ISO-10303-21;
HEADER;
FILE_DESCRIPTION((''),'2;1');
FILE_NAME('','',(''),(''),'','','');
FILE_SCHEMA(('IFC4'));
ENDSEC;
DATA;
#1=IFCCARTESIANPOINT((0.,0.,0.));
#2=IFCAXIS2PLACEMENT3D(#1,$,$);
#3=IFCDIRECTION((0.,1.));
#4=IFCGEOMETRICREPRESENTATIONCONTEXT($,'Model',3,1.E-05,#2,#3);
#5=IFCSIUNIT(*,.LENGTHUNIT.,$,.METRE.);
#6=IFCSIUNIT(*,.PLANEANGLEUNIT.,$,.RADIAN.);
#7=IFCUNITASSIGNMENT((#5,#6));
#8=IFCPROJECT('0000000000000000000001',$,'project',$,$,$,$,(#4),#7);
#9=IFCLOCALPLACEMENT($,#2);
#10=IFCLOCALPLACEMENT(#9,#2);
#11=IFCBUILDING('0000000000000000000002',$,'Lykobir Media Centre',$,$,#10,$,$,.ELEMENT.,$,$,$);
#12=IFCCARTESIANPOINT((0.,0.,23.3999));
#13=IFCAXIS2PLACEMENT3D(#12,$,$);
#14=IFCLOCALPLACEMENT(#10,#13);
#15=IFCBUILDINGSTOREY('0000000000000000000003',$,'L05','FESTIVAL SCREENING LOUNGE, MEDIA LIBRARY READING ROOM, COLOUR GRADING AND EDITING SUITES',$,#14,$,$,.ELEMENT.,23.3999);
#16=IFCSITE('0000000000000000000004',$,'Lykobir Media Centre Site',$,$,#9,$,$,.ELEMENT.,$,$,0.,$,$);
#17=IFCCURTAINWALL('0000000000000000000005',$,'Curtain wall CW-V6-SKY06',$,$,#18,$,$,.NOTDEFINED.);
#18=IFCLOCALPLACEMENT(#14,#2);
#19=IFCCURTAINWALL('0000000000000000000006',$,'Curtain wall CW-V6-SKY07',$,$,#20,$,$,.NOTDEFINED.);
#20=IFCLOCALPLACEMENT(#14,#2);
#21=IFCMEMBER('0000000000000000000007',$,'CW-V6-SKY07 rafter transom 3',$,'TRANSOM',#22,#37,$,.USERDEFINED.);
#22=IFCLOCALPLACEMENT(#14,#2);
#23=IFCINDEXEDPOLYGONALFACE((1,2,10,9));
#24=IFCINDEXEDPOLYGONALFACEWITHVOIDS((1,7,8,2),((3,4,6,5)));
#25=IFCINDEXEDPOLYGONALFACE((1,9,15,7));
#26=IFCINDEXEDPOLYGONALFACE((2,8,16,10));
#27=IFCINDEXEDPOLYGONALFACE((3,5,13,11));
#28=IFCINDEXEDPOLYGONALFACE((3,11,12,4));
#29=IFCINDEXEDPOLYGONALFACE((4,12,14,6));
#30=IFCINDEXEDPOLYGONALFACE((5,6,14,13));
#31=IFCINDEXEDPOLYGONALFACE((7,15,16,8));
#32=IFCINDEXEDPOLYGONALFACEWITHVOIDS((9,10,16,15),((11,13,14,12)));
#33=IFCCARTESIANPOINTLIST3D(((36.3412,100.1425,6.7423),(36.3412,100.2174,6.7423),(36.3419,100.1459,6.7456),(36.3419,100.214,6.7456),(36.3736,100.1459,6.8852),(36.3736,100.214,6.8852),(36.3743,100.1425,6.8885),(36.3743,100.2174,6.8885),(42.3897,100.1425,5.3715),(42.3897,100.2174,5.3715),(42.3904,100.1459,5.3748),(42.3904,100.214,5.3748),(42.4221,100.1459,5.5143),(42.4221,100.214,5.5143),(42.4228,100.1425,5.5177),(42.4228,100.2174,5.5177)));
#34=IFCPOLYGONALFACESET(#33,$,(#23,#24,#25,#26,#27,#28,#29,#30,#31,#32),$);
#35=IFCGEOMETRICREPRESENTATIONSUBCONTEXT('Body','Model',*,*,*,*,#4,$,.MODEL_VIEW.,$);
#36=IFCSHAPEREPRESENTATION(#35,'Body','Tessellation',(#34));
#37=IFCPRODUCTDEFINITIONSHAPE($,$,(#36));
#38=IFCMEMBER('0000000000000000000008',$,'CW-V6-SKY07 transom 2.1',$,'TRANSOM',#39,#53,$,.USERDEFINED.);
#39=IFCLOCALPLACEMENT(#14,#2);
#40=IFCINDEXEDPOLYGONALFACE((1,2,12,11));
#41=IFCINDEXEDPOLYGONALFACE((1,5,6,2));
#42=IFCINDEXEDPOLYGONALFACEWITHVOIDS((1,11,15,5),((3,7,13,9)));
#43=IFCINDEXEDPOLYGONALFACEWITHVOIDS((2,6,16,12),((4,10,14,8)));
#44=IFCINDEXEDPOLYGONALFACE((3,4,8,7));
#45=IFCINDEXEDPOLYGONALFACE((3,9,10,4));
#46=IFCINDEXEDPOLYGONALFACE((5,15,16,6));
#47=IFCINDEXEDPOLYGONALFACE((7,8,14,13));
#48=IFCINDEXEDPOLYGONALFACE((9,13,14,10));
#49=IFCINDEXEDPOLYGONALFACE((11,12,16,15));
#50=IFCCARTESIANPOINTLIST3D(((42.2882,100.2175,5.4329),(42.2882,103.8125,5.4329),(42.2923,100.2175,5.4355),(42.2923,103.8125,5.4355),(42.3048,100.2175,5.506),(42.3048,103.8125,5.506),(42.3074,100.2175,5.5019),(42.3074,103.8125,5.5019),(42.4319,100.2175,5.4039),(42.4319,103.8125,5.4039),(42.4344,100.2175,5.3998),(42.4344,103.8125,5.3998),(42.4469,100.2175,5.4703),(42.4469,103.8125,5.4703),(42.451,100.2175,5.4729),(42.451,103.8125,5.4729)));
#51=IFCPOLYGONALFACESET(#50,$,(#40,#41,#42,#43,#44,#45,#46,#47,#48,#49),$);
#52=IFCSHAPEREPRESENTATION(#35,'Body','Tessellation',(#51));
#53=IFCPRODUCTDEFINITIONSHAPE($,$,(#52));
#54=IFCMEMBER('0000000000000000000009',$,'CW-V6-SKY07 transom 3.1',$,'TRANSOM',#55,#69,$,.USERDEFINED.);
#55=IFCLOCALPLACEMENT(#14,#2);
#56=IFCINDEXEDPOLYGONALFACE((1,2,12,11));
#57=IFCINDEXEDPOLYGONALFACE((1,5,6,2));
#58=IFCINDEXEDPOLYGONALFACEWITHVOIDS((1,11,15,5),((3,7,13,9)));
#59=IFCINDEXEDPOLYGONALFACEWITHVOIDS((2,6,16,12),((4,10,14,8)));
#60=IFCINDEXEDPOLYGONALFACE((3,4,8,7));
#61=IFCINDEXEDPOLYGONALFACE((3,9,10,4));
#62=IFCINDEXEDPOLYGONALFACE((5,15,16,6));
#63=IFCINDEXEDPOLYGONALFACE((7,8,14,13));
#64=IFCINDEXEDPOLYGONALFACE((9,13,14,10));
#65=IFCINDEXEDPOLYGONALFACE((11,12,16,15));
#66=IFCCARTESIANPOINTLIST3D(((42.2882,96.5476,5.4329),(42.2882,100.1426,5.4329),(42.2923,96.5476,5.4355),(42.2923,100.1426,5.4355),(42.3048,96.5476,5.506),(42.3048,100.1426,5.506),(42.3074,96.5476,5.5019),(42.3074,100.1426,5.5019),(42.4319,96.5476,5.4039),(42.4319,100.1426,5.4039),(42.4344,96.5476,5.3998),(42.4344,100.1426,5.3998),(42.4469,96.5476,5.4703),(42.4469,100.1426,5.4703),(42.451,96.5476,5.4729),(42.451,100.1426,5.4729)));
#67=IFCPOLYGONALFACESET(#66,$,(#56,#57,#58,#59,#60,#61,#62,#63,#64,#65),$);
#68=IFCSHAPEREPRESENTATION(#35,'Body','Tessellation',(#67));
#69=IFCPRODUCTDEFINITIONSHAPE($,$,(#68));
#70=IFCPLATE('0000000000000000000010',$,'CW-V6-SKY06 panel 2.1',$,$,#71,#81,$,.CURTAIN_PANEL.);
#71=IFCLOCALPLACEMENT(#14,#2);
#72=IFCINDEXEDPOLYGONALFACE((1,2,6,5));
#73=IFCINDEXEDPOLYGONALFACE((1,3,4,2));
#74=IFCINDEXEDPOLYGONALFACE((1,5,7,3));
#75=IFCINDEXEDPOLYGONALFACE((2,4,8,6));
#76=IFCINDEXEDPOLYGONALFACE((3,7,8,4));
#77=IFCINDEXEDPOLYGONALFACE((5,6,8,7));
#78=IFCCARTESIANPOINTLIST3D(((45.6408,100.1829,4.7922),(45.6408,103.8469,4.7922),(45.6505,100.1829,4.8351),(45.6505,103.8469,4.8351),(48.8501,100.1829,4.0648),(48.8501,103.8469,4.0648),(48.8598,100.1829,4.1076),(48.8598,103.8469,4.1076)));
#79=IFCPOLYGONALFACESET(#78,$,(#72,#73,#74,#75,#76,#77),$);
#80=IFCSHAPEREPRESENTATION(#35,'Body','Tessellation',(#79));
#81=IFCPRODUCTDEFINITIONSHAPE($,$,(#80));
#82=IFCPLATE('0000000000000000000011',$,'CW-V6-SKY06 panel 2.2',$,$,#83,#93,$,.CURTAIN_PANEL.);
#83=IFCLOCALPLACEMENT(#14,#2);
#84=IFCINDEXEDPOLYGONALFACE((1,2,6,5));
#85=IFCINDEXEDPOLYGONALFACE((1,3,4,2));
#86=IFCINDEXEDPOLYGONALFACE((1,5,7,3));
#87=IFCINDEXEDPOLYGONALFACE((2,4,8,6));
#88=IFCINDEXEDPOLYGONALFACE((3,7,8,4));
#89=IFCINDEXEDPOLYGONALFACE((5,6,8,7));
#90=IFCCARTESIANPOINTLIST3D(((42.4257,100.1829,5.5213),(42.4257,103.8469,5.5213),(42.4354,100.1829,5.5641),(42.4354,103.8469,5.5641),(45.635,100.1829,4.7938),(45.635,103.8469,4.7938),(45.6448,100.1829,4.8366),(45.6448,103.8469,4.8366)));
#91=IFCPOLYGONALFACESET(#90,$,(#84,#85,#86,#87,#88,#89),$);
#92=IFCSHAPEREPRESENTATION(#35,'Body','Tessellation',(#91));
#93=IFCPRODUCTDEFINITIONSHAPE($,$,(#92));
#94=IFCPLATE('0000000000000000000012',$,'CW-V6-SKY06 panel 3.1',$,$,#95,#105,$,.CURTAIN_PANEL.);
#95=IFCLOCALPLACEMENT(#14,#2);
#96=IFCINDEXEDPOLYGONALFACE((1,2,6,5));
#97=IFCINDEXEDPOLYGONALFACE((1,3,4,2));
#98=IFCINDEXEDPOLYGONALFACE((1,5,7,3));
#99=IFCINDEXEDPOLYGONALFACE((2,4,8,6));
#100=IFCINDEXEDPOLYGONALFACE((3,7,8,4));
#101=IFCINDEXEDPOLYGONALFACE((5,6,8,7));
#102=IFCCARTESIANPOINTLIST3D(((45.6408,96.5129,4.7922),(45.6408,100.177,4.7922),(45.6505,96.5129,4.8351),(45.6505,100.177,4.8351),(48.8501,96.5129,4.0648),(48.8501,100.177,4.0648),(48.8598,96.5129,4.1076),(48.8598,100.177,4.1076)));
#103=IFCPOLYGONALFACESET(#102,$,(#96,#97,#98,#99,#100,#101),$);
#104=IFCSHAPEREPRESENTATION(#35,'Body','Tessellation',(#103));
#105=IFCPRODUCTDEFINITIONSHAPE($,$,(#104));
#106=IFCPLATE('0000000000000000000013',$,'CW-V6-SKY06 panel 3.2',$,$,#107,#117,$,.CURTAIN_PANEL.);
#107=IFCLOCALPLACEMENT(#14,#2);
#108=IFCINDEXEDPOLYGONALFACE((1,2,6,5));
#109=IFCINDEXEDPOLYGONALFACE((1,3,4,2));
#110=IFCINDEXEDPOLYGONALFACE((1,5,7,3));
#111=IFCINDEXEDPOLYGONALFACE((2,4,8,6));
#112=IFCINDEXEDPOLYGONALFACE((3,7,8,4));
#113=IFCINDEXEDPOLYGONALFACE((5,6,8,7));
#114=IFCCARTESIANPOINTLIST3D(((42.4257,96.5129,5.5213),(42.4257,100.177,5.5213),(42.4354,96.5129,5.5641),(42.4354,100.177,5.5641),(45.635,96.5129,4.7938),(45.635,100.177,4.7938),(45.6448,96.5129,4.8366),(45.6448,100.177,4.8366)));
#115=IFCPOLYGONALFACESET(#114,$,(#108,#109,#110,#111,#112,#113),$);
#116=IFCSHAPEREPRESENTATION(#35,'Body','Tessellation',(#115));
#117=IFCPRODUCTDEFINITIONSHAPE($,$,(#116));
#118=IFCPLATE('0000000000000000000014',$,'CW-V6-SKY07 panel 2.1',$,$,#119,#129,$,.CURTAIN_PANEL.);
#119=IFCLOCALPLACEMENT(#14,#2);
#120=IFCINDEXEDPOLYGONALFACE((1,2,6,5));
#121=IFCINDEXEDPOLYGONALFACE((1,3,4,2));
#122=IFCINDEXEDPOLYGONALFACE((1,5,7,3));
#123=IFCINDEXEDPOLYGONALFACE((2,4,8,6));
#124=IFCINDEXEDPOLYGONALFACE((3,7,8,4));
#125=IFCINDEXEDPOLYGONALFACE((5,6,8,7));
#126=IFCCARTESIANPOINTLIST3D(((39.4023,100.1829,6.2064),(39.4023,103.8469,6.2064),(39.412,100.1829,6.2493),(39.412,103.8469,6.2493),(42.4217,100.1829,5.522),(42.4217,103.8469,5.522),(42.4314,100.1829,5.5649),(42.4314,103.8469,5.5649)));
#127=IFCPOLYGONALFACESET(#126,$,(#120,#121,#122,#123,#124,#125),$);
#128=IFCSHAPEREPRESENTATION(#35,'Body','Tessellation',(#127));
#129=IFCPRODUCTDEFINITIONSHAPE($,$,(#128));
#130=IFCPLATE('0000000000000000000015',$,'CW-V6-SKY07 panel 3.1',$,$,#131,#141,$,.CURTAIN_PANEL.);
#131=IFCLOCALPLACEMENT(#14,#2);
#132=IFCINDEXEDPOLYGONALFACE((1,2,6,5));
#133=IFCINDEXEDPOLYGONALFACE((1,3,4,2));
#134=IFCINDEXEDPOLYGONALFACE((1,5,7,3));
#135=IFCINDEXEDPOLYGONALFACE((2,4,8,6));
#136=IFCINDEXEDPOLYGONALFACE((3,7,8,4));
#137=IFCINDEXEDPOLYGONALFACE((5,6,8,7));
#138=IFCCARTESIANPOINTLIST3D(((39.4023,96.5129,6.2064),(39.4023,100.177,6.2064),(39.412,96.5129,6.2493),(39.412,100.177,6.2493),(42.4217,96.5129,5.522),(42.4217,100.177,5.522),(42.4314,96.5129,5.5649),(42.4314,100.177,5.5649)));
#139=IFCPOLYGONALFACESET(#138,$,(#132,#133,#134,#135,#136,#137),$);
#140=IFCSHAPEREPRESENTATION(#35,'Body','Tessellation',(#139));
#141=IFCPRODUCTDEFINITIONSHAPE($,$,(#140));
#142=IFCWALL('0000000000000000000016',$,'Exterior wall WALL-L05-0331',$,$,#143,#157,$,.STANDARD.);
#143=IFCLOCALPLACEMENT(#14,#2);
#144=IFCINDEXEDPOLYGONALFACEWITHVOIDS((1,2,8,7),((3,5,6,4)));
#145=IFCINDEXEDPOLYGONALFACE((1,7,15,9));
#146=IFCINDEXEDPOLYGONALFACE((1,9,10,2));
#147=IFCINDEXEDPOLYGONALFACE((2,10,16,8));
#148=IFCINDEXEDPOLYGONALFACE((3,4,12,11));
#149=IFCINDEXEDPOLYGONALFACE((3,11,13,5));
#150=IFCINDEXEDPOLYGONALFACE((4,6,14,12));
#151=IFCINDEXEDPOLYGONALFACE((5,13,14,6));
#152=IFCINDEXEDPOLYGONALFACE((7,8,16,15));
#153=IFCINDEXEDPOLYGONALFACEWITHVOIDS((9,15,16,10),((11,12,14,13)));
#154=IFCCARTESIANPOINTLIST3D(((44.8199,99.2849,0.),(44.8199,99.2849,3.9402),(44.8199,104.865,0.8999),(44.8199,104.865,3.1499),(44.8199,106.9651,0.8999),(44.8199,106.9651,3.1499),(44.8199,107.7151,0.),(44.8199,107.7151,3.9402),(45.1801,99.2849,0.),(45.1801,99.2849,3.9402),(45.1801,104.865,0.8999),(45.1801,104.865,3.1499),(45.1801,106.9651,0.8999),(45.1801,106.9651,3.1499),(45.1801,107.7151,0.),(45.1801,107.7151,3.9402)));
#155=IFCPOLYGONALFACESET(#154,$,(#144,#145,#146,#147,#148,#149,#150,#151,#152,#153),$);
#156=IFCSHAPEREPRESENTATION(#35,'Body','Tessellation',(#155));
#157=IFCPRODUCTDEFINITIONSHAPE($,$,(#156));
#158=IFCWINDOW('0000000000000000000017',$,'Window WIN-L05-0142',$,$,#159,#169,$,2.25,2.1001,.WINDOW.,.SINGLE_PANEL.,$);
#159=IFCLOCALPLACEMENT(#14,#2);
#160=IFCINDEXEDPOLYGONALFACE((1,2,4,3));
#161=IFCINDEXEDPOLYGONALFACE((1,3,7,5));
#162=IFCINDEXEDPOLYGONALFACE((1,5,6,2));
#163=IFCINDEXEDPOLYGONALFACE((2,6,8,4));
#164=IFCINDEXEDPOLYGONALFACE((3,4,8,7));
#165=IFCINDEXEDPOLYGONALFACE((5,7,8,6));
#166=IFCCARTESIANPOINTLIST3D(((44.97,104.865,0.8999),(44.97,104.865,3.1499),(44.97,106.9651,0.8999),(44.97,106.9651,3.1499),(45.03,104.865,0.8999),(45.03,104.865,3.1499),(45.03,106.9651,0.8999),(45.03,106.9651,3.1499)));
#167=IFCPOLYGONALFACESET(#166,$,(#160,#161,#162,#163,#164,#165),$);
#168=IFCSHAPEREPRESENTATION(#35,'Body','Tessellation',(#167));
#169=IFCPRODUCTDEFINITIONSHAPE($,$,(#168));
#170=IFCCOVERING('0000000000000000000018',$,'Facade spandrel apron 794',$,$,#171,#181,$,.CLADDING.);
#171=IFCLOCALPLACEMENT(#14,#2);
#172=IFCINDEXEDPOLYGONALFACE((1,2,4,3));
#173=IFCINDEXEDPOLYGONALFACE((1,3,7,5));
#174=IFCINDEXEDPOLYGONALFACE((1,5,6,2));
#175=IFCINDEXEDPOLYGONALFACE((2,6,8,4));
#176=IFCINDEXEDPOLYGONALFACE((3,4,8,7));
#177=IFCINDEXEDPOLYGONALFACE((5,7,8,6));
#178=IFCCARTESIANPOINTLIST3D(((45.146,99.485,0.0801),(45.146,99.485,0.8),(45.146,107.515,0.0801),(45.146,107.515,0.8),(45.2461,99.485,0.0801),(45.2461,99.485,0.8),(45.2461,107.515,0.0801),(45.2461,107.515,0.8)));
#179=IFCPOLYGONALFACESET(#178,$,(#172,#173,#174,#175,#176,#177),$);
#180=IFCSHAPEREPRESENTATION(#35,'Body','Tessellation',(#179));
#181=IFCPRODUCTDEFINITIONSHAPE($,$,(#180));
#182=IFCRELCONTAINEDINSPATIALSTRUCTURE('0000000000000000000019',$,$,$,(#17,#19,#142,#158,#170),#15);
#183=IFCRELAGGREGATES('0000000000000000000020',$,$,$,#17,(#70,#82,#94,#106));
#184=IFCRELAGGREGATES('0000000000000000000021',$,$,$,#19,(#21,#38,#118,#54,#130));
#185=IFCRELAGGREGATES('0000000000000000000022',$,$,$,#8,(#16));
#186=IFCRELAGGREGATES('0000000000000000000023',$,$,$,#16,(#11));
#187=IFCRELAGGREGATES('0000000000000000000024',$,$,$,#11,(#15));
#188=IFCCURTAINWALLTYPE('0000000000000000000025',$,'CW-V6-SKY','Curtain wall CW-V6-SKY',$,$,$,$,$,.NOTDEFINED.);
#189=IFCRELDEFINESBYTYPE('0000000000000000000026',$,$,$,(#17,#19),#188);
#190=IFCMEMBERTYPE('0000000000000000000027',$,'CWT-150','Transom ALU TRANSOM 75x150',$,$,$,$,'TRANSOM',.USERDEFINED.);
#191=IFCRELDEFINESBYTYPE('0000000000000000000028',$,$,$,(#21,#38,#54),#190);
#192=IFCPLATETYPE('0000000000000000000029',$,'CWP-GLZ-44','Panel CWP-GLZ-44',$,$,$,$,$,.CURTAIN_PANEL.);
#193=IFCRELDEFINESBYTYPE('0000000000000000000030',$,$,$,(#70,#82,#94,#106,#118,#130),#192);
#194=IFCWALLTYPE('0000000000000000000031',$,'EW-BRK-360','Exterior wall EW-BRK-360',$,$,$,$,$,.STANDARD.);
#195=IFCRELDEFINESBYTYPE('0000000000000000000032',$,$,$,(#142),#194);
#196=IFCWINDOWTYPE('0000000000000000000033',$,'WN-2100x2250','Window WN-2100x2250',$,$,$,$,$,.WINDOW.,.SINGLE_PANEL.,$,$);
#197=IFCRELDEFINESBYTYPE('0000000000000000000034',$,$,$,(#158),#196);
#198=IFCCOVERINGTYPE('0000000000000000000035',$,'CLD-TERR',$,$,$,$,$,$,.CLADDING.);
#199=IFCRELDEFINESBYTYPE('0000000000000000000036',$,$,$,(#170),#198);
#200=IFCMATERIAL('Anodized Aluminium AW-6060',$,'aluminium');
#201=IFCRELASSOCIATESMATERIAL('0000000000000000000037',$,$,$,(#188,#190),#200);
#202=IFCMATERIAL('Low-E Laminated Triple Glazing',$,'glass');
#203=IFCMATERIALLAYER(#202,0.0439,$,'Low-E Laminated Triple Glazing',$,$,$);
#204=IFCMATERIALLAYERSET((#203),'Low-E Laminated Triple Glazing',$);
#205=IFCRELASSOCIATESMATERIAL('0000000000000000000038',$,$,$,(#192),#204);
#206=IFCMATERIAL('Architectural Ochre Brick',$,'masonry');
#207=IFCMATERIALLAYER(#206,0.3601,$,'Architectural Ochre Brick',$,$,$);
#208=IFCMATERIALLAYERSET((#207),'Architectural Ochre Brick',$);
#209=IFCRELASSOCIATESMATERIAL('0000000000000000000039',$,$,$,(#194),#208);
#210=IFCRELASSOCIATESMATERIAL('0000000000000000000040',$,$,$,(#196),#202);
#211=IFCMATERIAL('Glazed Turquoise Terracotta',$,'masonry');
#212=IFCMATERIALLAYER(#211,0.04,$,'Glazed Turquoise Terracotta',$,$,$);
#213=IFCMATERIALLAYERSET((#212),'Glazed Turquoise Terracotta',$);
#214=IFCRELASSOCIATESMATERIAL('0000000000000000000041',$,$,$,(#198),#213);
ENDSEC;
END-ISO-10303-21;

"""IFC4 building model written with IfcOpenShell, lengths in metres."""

from ifc_helpers import new_model, si_unit, direction, frame, frame_2d, origin, origin_2d, place, context, subcontext, project, spatial, rectangle, hollow_rectangle, extrude, material, layer, layer_set, material_profile, profile_set, type_object, element, fill, aggregate, save


model = new_model("IFC4")

# Units and contexts
model_context = context("Model", 3, precision=1e-05, world=origin(), true_north=direction((0.0, 1.0)))
body_context = subcontext(model_context, "Body", "Model", "MODEL_VIEW")
ifc_project = project(units=[si_unit("LENGTHUNIT", "METRE"), si_unit("PLANEANGLEUNIT", "RADIAN")], contexts=[model_context])

# Site, building, storey
site_placement = place(None, origin())
site = spatial("IfcSite", under=ifc_project, at=site_placement, Name="Lykobir Media Centre Site", CompositionType="ELEMENT", RefElevation=0.0)
building_placement = place(site_placement, origin())
building = spatial("IfcBuilding", under=site, at=building_placement, Name="Lykobir Media Centre", CompositionType="ELEMENT")
storey_placement = place(building_placement, frame((0.0, 0.0, 23.3999)))
storey = spatial("IfcBuildingStorey", under=building, at=storey_placement, Name="L05", Description="FESTIVAL SCREENING LOUNGE, MEDIA LIBRARY READING ROOM, COLOUR GRADING AND EDITING SUITES", CompositionType="ELEMENT", Elevation=23.3999)

# Curtain walls, members
ifc_material_1 = material(Name="Anodized Aluminium AW-6060", Category="aluminium")
curtain_wall_type = type_object("IfcCurtainWallType", Name="CW-V6-SKY", Description="Curtain wall CW-V6-SKY", PredefinedType="NOTDEFINED", material=ifc_material_1)
curtain_wall_1_placement = place(storey_placement, origin())
curtain_wall_1 = element("IfcCurtainWall", 1, at=curtain_wall_1_placement, inside=storey, type_object=curtain_wall_type, Name="Curtain wall CW-V6-SKY06", PredefinedType="NOTDEFINED")
ifc_material_profile_1 = material_profile(ifc_material_1, hollow_rectangle(XDim=0.075, YDim=0.1499, WallThickness=0.0034, at=origin_2d()), Name="ALU TRANSOM 75x150")
ifc_profile_set_1 = profile_set([ifc_material_profile_1], Name="Anodized Aluminium AW-6060")
member_type = type_object("IfcMemberType", Name="CWT-150", Description="Transom ALU TRANSOM 75x150", ElementType="TRANSOM", PredefinedType="USERDEFINED", material=ifc_profile_set_1)
curtain_wall_2_placement = place(storey_placement, origin())
curtain_wall_2 = element("IfcCurtainWall", 2, at=curtain_wall_2_placement, inside=storey, type_object=curtain_wall_type, Name="Curtain wall CW-V6-SKY07", PredefinedType="NOTDEFINED")
member_1_placement = place(storey_placement, frame((42.4062, 100.1799, 5.4446), z_axis=(-0.975266, 0.0, 0.221034), x_axis=(0.0, -1.0, 0.0)))
member_1 = element("IfcMember", 3, at=member_1_placement, type_object=member_type, Name="CW-V6-SKY07 rafter transom 3", ObjectType="TRANSOM", PredefinedType="USERDEFINED", context=body_context, shape_type="SweptSolid", body=[
    extrude(hollow_rectangle(XDim=0.075, YDim=0.1499, WallThickness=0.0034, at=origin_2d()), origin(), (0.0, 0.0, 1.0), 6.2019),
])
member_2_placement = place(storey_placement, frame((42.3696, 103.8125, 5.4529), z_axis=(0.0, -1.0, 0.0), x_axis=(0.221055, 0.0, 0.975261)))
member_2 = element("IfcMember", 4, at=member_2_placement, type_object=member_type, Name="CW-V6-SKY07 transom 2.1", ObjectType="TRANSOM", PredefinedType="USERDEFINED", context=body_context, shape_type="SweptSolid", body=[
    extrude(hollow_rectangle(XDim=0.075, YDim=0.1499, WallThickness=0.0034, at=origin_2d()), origin(), (0.0, 0.0, 1.0), 3.595),
])
member_3_placement = place(storey_placement, frame((42.3696, 100.1426, 5.4529), z_axis=(0.0, -1.0, 0.0), x_axis=(0.221055, 0.0, 0.975261)))
member_3 = element("IfcMember", 5, at=member_3_placement, type_object=member_type, Name="CW-V6-SKY07 transom 3.1", ObjectType="TRANSOM", PredefinedType="USERDEFINED", context=body_context, shape_type="SweptSolid", body=[
    extrude(hollow_rectangle(XDim=0.075, YDim=0.1499, WallThickness=0.0034, at=origin_2d()), origin(), (0.0, 0.0, 1.0), 3.595),
])

# Plates
ifc_material_2 = material(Name="Low-E Laminated Triple Glazing", Category="glass")
ifc_layer_1 = layer(ifc_material_2, 0.0439, Name="Low-E Laminated Triple Glazing")
ifc_layer_set_1 = layer_set([ifc_layer_1], Name="Low-E Laminated Triple Glazing")
plate_type = type_object("IfcPlateType", Name="CWP-GLZ-44", Description="Panel CWP-GLZ-44", PredefinedType="CURTAIN_PANEL", material=ifc_layer_set_1)
plate_1_placement = place(storey_placement, frame((48.855, 102.0149, 4.0862), z_axis=(-0.975258, 0.0, 0.221072), x_axis=(0.0, -1.0, 0.0)))
plate_1 = element("IfcPlate", 6, at=plate_1_placement, type_object=plate_type, Name="CW-V6-SKY06 panel 2.1", PredefinedType="CURTAIN_PANEL", context=body_context, shape_type="SweptSolid", body=[
    extrude(rectangle(XDim=3.6641, YDim=0.0439, at=origin_2d()), origin(), (0.0, 0.0, 1.0), 3.2908),
])
plate_2_placement = place(storey_placement, frame((45.6399, 102.0149, 4.8152), z_axis=(-0.975258, 0.0, 0.221072), x_axis=(0.0, -1.0, 0.0)))
plate_2 = element("IfcPlate", 7, at=plate_2_placement, type_object=plate_type, Name="CW-V6-SKY06 panel 2.2", PredefinedType="CURTAIN_PANEL", context=body_context, shape_type="SweptSolid", body=[
    extrude(rectangle(XDim=3.6641, YDim=0.0439, at=origin_2d()), origin(), (0.0, 0.0, 1.0), 3.2908),
])
plate_3_placement = place(storey_placement, frame((48.855, 98.345, 4.0862), z_axis=(-0.975258, 0.0, 0.221072), x_axis=(0.0, -1.0, 0.0)))
plate_3 = element("IfcPlate", 8, at=plate_3_placement, type_object=plate_type, Name="CW-V6-SKY06 panel 3.1", PredefinedType="CURTAIN_PANEL", context=body_context, shape_type="SweptSolid", body=[
    extrude(rectangle(XDim=3.6641, YDim=0.0439, at=origin_2d()), origin(), (0.0, 0.0, 1.0), 3.2908),
])
plate_4_placement = place(storey_placement, frame((45.6399, 98.345, 4.8152), z_axis=(-0.975258, 0.0, 0.221072), x_axis=(0.0, -1.0, 0.0)))
plate_4 = element("IfcPlate", 9, at=plate_4_placement, type_object=plate_type, Name="CW-V6-SKY06 panel 3.2", PredefinedType="CURTAIN_PANEL", context=body_context, shape_type="SweptSolid", body=[
    extrude(rectangle(XDim=3.6641, YDim=0.0439, at=origin_2d()), origin(), (0.0, 0.0, 1.0), 3.2908),
])
aggregate(curtain_wall_1, [plate_1, plate_2, plate_3, plate_4])
plate_5_placement = place(storey_placement, frame((42.4265, 102.0149, 5.5435), z_axis=(-0.975261, 0.0, 0.221055), x_axis=(0.0, -1.0, 0.0)))
plate_5 = element("IfcPlate", 10, at=plate_5_placement, type_object=plate_type, Name="CW-V6-SKY07 panel 2.1", PredefinedType="CURTAIN_PANEL", context=body_context, shape_type="SweptSolid", body=[
    extrude(rectangle(XDim=3.6641, YDim=0.0439, at=origin_2d()), origin(), (0.0, 0.0, 1.0), 3.0959),
])
plate_6_placement = place(storey_placement, frame((42.4265, 98.345, 5.5435), z_axis=(-0.975261, 0.0, 0.221055), x_axis=(0.0, -1.0, 0.0)))
plate_6 = element("IfcPlate", 11, at=plate_6_placement, type_object=plate_type, Name="CW-V6-SKY07 panel 3.1", PredefinedType="CURTAIN_PANEL", context=body_context, shape_type="SweptSolid", body=[
    extrude(rectangle(XDim=3.6641, YDim=0.0439, at=origin_2d()), origin(), (0.0, 0.0, 1.0), 3.0959),
])
aggregate(curtain_wall_2, [member_1, member_2, plate_5, member_3, plate_6])

# Wall, opening, window
ifc_material_3 = material(Name="Architectural Ochre Brick", Category="masonry")
ifc_layer_2 = layer(ifc_material_3, 0.3601, Name="Architectural Ochre Brick")
ifc_layer_set_2 = layer_set([ifc_layer_2], Name="Architectural Ochre Brick")
wall_type = type_object("IfcWallType", Name="EW-BRK-360", Description="Exterior wall EW-BRK-360", PredefinedType="STANDARD", material=ifc_layer_set_2)
wall_placement = place(storey_placement, frame((45.0, 99.2849, 0.0), z_axis=(0.0, 0.0, 1.0), x_axis=(0.0, 1.0, 0.0)))
wall = element("IfcWall", 12, at=wall_placement, inside=storey, type_object=wall_type, Name="Exterior wall WALL-L05-0331", PredefinedType="STANDARD", context=body_context, shape_type="SweptSolid", body=[
    extrude(rectangle(XDim=8.4302, YDim=0.3601, at=frame_2d((4.2151, 0.0))), origin(), (0.0, 0.0, 1.0), 3.9402),
])
opening_placement = place(wall_placement, frame((5.5801, 0.0, 0.8999)))
opening = element("IfcOpeningElement", 13, at=opening_placement, cuts=wall, PredefinedType="OPENING", context=body_context, shape_type="SweptSolid", body=[
    extrude(rectangle(XDim=2.1001, YDim=2.25, at=frame_2d((1.05, 1.125))), frame((0.0, 0.1899, 0.0), z_axis=(0.0, -1.0, 0.0), x_axis=(1.0, 0.0, 0.0)), (0.0, 0.0, 1.0), 0.3801),
])
window_type = type_object("IfcWindowType", Name="WN-2100x2250", Description="Window WN-2100x2250", PartitioningType="SINGLE_PANEL", PredefinedType="WINDOW", material=ifc_material_2)
window_placement = place(opening_placement, origin())
window = element("IfcWindow", 14, at=window_placement, inside=storey, type_object=window_type, Name="Window WIN-L05-0142", OverallHeight=2.25, OverallWidth=2.1001, PartitioningType="SINGLE_PANEL", PredefinedType="WINDOW", context=body_context, shape_type="SweptSolid", body=[
    extrude(rectangle(XDim=2.1001, YDim=2.25, at=frame_2d((1.05, 1.125))), frame((0.0, 0.03, 0.0), z_axis=(0.0, -1.0, 0.0), x_axis=(1.0, 0.0, 0.0)), (0.0, 0.0, 1.0), 0.0601),
])
fill(opening, window)

# Covering
ifc_material_4 = material(Name="Glazed Turquoise Terracotta", Category="masonry")
ifc_layer_3 = layer(ifc_material_4, 0.04, Name="Glazed Turquoise Terracotta")
ifc_layer_set_3 = layer_set([ifc_layer_3], Name="Glazed Turquoise Terracotta")
covering_type_1 = type_object("IfcCoveringType", Name="CLD-TERR", PredefinedType="CLADDING", material=ifc_layer_set_3)
covering_1_placement = place(storey_placement, frame((45.196, 103.5, 0.0801), z_axis=(0.0, 0.0, 1.0), x_axis=(0.0, 1.0, 0.0)))
element("IfcCovering", 15, at=covering_1_placement, inside=storey, type_object=covering_type_1, Name="Facade spandrel apron 794", PredefinedType="CLADDING", context=body_context, shape_type="SweptSolid", body=[
    extrude(rectangle(XDim=8.03, YDim=0.1001, at=origin_2d()), origin(), (0.0, 0.0, 1.0), 0.72),
])

save(model, "model.ifc")
